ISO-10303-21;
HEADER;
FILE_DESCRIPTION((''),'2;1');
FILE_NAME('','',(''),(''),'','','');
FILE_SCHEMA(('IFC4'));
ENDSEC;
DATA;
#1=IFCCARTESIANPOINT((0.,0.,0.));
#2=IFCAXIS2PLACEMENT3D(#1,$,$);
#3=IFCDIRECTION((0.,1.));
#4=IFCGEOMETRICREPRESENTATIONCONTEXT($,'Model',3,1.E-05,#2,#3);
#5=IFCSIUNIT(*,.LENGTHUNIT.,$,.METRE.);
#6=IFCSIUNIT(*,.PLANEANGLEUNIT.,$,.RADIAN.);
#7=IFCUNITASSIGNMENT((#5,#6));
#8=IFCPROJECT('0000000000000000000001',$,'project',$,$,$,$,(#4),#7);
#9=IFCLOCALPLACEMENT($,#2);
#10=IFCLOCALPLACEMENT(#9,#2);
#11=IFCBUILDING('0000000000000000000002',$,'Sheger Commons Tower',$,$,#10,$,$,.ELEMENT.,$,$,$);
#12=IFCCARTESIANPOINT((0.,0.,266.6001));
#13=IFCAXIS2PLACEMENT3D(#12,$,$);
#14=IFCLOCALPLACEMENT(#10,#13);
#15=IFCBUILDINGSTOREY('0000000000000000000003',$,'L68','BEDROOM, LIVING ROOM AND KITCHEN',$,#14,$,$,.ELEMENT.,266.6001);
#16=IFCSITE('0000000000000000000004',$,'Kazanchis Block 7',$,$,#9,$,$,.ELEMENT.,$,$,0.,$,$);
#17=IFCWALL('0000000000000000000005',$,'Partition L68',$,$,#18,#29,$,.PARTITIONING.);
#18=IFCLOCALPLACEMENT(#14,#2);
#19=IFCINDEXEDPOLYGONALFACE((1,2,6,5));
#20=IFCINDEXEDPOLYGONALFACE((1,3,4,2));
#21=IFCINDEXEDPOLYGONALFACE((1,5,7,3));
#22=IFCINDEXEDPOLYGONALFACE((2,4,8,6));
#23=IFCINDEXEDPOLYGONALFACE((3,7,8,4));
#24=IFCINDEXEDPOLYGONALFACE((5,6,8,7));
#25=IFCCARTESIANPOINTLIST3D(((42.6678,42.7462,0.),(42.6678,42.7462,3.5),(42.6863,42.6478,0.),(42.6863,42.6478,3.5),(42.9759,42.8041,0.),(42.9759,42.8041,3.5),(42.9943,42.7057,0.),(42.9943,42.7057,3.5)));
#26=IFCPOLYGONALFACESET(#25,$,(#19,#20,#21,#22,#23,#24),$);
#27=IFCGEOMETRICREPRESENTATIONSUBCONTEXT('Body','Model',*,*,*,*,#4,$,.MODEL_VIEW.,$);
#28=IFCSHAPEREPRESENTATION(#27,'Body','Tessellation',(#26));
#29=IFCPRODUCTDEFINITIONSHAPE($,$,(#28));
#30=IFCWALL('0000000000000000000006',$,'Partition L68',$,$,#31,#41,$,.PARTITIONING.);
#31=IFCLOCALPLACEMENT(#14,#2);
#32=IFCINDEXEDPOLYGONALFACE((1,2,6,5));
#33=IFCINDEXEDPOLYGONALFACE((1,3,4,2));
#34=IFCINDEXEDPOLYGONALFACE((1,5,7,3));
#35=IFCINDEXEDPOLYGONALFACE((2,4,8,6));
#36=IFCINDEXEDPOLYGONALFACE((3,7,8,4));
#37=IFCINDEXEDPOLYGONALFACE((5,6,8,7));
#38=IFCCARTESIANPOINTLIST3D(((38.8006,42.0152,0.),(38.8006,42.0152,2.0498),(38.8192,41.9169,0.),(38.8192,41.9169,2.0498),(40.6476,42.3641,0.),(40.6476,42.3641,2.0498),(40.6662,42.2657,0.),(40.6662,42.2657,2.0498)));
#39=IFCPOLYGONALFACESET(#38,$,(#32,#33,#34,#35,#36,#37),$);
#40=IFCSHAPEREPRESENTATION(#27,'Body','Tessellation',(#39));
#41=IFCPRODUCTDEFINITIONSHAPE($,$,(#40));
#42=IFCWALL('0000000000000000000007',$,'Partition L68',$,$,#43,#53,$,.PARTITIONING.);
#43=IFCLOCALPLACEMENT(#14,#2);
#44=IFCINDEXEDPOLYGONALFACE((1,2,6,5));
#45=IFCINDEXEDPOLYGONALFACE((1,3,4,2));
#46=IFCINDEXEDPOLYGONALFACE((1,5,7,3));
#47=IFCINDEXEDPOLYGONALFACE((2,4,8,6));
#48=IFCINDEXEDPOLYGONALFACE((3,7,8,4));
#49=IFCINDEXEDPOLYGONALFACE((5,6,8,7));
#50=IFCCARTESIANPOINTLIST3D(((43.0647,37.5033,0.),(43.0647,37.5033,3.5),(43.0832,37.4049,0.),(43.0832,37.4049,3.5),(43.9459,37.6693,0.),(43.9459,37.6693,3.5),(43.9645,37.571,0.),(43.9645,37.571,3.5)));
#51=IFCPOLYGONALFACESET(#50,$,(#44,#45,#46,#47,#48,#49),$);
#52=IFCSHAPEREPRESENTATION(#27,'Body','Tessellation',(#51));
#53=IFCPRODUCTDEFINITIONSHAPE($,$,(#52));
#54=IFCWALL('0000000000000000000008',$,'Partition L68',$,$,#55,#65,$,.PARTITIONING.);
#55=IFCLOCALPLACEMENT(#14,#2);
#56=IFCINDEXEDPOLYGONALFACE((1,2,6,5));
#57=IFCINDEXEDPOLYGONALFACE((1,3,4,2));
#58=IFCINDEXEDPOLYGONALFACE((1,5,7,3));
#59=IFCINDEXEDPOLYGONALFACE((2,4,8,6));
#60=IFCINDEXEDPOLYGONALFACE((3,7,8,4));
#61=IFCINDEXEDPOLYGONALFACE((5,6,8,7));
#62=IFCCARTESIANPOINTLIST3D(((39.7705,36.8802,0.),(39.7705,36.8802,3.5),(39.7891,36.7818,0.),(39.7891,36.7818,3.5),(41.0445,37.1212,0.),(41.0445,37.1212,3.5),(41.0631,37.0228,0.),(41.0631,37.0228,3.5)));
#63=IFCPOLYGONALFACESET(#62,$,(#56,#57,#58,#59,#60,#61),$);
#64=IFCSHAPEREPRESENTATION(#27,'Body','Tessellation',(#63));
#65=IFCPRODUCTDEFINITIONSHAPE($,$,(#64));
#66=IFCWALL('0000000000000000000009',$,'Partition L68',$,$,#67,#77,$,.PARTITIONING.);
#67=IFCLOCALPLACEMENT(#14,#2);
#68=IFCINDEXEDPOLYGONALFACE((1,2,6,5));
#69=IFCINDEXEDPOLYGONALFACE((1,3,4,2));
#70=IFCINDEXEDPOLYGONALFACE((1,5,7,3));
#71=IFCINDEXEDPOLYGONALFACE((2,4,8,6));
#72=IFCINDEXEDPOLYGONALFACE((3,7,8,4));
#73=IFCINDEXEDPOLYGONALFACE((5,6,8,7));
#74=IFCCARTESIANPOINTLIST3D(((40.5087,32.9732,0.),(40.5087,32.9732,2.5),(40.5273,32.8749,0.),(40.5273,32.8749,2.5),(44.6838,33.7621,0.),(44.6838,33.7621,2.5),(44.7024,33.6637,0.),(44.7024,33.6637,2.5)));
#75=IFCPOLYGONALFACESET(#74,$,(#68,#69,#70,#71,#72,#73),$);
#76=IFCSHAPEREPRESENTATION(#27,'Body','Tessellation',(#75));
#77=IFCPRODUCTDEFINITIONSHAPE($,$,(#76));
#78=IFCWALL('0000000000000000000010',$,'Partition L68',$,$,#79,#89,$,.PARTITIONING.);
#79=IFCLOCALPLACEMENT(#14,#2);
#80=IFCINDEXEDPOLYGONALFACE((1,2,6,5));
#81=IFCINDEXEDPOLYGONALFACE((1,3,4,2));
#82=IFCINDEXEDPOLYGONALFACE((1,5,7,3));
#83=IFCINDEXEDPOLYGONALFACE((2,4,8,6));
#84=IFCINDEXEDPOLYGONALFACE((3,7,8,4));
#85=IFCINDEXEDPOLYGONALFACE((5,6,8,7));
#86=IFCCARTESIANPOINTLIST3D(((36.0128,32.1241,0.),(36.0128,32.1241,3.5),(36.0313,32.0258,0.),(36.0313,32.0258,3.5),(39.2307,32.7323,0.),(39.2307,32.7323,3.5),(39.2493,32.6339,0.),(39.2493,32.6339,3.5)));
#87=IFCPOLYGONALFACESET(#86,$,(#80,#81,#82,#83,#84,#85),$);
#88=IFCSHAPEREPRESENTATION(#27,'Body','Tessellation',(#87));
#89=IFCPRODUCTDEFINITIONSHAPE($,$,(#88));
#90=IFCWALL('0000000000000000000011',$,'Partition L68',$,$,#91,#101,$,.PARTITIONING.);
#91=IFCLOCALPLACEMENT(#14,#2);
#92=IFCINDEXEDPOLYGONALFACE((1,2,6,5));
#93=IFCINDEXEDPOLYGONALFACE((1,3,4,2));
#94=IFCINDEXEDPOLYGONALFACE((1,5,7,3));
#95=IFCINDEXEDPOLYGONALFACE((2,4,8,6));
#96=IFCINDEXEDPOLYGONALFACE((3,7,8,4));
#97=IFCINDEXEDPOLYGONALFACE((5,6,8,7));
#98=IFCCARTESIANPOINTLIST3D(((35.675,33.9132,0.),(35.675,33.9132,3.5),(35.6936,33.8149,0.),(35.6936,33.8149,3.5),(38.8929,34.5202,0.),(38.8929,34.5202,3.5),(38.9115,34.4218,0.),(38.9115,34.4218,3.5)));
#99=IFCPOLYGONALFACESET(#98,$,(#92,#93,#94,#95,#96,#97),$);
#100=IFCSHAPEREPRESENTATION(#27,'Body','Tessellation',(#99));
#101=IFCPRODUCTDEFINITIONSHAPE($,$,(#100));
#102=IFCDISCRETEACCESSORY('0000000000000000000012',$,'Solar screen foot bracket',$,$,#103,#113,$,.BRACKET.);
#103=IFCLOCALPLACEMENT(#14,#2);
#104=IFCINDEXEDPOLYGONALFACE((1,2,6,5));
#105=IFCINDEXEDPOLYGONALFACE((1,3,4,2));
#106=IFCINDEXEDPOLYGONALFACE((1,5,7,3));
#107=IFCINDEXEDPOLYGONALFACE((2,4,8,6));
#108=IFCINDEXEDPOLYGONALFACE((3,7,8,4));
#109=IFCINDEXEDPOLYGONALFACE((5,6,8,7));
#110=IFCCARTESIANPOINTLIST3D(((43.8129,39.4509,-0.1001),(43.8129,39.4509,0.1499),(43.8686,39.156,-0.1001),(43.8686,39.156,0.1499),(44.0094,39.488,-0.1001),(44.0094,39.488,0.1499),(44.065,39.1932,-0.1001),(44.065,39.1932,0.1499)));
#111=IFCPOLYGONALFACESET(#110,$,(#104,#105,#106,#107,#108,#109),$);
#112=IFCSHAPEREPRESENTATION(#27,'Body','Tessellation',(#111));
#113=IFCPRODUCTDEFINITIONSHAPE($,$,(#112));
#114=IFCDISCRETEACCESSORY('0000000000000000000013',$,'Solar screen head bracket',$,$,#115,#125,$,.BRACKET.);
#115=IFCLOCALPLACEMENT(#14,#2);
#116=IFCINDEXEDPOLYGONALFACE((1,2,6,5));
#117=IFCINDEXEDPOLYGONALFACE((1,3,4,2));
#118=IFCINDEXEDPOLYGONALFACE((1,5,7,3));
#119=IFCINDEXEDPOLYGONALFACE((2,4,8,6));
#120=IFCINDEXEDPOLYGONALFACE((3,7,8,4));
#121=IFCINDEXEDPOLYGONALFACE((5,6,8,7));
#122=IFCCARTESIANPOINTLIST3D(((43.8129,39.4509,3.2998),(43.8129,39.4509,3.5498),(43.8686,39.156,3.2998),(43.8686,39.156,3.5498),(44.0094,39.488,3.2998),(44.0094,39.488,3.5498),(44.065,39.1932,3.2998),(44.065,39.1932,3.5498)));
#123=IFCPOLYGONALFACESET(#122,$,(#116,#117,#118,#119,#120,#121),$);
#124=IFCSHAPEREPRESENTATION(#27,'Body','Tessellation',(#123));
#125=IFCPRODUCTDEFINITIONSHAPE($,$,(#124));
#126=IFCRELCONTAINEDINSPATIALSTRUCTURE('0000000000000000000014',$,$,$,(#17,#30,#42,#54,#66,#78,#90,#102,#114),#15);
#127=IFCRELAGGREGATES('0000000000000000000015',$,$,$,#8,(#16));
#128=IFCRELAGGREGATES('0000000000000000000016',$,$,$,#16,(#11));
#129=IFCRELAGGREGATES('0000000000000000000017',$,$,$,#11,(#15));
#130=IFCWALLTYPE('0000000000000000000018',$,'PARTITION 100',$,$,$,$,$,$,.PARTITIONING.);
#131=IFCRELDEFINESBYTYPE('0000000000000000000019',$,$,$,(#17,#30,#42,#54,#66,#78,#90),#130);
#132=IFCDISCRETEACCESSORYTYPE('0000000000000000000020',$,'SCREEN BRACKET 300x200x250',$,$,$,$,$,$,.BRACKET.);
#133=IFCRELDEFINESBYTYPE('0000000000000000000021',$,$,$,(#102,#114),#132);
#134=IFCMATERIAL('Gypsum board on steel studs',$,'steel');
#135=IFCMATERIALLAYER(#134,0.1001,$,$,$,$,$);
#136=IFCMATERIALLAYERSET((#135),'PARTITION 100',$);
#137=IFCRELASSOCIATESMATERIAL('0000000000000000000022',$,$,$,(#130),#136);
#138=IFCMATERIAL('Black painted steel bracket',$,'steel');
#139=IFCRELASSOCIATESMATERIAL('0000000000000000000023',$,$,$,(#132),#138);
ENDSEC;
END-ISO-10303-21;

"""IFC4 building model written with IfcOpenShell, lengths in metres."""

from ifc_helpers import new_model, si_unit, direction, frame, frame_2d, origin, origin_2d, place, context, subcontext, project, spatial, rectangle, extrude, material, layer, layer_set, type_object, element, save


model = new_model("IFC4")

# Units and contexts
model_context = context("Model", 3, precision=1e-05, world=origin(), true_north=direction((0.0, 1.0)))
body_context = subcontext(model_context, "Body", "Model", "MODEL_VIEW")
ifc_project = project(units=[si_unit("LENGTHUNIT", "METRE"), si_unit("PLANEANGLEUNIT", "RADIAN")], contexts=[model_context])

# Site, building, storey
site_placement = place(None, origin())
site = spatial("IfcSite", under=ifc_project, at=site_placement, Name="Kazanchis Block 7", CompositionType="ELEMENT", RefElevation=0.0)
building_placement = place(site_placement, origin())
building = spatial("IfcBuilding", under=site, at=building_placement, Name="Sheger Commons Tower", CompositionType="ELEMENT")
storey_placement = place(building_placement, frame((0.0, 0.0, 266.6001)))
storey = spatial("IfcBuildingStorey", under=building, at=storey_placement, Name="L68", Description="BEDROOM, LIVING ROOM AND KITCHEN", CompositionType="ELEMENT", Elevation=266.6001)

# Shared definitions
ifc_material_1 = material(Name="Gypsum board on steel studs", Category="steel")
ifc_layer_1 = layer(ifc_material_1, 0.1001)
ifc_layer_set_1 = layer_set([ifc_layer_1], Name="PARTITION 100")
wall_type_1 = type_object("IfcWallType", Name="PARTITION 100", PredefinedType="PARTITIONING", material=ifc_layer_set_1)

# Walls
wall_1_placement = place(storey_placement, frame((42.9851, 42.7549, 0.0), z_axis=(0.0, 0.0, 1.0), x_axis=(-0.982819, -0.184571, 0.0)))
element("IfcWall", 1, at=wall_1_placement, inside=storey, type_object=wall_type_1, Name="Partition L68", PredefinedType="PARTITIONING", context=body_context, shape_type="SweptSolid", body=[
    extrude(rectangle(XDim=0.3135, YDim=0.1001, at=frame_2d((0.1567, 0.0))), origin(), (0.0, 0.0, 1.0), 3.5),
])
wall_2_placement = place(storey_placement, frame((40.657, 42.3149, 0.0), z_axis=(0.0, 0.0, 1.0), x_axis=(-0.982623, -0.185614, 0.0)))
element("IfcWall", 2, at=wall_2_placement, inside=storey, type_object=wall_type_1, Name="Partition L68", PredefinedType="PARTITIONING", context=body_context, shape_type="SweptSolid", body=[
    extrude(rectangle(XDim=1.8796, YDim=0.1001, at=frame_2d((0.9399, 0.0))), origin(), (0.0, 0.0, 1.0), 2.0498),
])
wall_3_placement = place(storey_placement, frame((43.9551, 37.6201, 0.0), z_axis=(0.0, 0.0, 1.0), x_axis=(-0.982708, -0.18516, 0.0)))
element("IfcWall", 3, at=wall_3_placement, inside=storey, type_object=wall_type_1, Name="Partition L68", PredefinedType="PARTITIONING", context=body_context, shape_type="SweptSolid", body=[
    extrude(rectangle(XDim=0.8967, YDim=0.1001, at=frame_2d((0.4482, 0.0))), origin(), (0.0, 0.0, 1.0), 3.5),
])
wall_4_placement = place(storey_placement, frame((41.054, 37.072, 0.0), z_axis=(0.0, 0.0, 1.0), x_axis=(-0.982577, -0.185857, 0.0)))
element("IfcWall", 4, at=wall_4_placement, inside=storey, type_object=wall_type_1, Name="Partition L68", PredefinedType="PARTITIONING", context=body_context, shape_type="SweptSolid", body=[
    extrude(rectangle(XDim=1.2966, YDim=0.1001, at=frame_2d((0.6484, 0.0))), origin(), (0.0, 0.0, 1.0), 3.5),
])
wall_5_placement = place(storey_placement, frame((44.6931, 33.7129, 0.0), z_axis=(0.0, 0.0, 1.0), x_axis=(-0.982616, -0.185652, 0.0)))
element("IfcWall", 5, at=wall_5_placement, inside=storey, type_object=wall_type_1, Name="Partition L68", PredefinedType="PARTITIONING", context=body_context, shape_type="SweptSolid", body=[
    extrude(rectangle(XDim=4.249, YDim=0.1001, at=frame_2d((2.1245, 0.0))), origin(), (0.0, 0.0, 1.0), 2.5),
])
wall_6_placement = place(storey_placement, frame((39.24, 32.6831, 0.0), z_axis=(0.0, 0.0, 1.0), x_axis=(-0.982607, -0.185697, 0.0)))
element("IfcWall", 6, at=wall_6_placement, inside=storey, type_object=wall_type_1, Name="Partition L68", PredefinedType="PARTITIONING", context=body_context, shape_type="SweptSolid", body=[
    extrude(rectangle(XDim=3.2749, YDim=0.1001, at=frame_2d((1.6375, 0.0))), origin(), (0.0, 0.0, 1.0), 3.5),
])
wall_7_placement = place(storey_placement, frame((38.9021, 34.4709, 0.0), z_axis=(0.0, 0.0, 1.0), x_axis=(-0.982675, -0.185337, 0.0)))
element("IfcWall", 7, at=wall_7_placement, inside=storey, type_object=wall_type_1, Name="Partition L68", PredefinedType="PARTITIONING", context=body_context, shape_type="SweptSolid", body=[
    extrude(rectangle(XDim=3.2747, YDim=0.1001, at=frame_2d((1.6372, 0.0))), origin(), (0.0, 0.0, 1.0), 3.5),
])

# Discrete accessories
ifc_material_2 = material(Name="Black painted steel bracket", Category="steel")
discrete_accessory_type = type_object("IfcDiscreteAccessoryType", Name="SCREEN BRACKET 300x200x250", PredefinedType="BRACKET", material=ifc_material_2)
for number, where, z_axis, x_axis, name in (
    (8, (43.939, 39.322, -0.1001), (0.0, 0.0, 1.0), (-0.185615, 0.982623, 0.0), "Solar screen foot bracket"),
    (9, (43.939, 39.322, 3.2998), (0.0, 0.0, 1.0), (-0.185615, 0.982623, 0.0), "Solar screen head bracket"),
):
    element("IfcDiscreteAccessory", number, at=place(storey_placement, frame(where, z_axis=z_axis, x_axis=x_axis)), inside=storey, type_object=discrete_accessory_type, Name=name, PredefinedType="BRACKET", context=body_context, shape_type="SweptSolid", body=[
        extrude(rectangle(XDim=0.3, YDim=0.2, at=origin_2d()), origin(), (0.0, 0.0, 1.0), 0.25),
    ])

save(model, "model.ifc")
